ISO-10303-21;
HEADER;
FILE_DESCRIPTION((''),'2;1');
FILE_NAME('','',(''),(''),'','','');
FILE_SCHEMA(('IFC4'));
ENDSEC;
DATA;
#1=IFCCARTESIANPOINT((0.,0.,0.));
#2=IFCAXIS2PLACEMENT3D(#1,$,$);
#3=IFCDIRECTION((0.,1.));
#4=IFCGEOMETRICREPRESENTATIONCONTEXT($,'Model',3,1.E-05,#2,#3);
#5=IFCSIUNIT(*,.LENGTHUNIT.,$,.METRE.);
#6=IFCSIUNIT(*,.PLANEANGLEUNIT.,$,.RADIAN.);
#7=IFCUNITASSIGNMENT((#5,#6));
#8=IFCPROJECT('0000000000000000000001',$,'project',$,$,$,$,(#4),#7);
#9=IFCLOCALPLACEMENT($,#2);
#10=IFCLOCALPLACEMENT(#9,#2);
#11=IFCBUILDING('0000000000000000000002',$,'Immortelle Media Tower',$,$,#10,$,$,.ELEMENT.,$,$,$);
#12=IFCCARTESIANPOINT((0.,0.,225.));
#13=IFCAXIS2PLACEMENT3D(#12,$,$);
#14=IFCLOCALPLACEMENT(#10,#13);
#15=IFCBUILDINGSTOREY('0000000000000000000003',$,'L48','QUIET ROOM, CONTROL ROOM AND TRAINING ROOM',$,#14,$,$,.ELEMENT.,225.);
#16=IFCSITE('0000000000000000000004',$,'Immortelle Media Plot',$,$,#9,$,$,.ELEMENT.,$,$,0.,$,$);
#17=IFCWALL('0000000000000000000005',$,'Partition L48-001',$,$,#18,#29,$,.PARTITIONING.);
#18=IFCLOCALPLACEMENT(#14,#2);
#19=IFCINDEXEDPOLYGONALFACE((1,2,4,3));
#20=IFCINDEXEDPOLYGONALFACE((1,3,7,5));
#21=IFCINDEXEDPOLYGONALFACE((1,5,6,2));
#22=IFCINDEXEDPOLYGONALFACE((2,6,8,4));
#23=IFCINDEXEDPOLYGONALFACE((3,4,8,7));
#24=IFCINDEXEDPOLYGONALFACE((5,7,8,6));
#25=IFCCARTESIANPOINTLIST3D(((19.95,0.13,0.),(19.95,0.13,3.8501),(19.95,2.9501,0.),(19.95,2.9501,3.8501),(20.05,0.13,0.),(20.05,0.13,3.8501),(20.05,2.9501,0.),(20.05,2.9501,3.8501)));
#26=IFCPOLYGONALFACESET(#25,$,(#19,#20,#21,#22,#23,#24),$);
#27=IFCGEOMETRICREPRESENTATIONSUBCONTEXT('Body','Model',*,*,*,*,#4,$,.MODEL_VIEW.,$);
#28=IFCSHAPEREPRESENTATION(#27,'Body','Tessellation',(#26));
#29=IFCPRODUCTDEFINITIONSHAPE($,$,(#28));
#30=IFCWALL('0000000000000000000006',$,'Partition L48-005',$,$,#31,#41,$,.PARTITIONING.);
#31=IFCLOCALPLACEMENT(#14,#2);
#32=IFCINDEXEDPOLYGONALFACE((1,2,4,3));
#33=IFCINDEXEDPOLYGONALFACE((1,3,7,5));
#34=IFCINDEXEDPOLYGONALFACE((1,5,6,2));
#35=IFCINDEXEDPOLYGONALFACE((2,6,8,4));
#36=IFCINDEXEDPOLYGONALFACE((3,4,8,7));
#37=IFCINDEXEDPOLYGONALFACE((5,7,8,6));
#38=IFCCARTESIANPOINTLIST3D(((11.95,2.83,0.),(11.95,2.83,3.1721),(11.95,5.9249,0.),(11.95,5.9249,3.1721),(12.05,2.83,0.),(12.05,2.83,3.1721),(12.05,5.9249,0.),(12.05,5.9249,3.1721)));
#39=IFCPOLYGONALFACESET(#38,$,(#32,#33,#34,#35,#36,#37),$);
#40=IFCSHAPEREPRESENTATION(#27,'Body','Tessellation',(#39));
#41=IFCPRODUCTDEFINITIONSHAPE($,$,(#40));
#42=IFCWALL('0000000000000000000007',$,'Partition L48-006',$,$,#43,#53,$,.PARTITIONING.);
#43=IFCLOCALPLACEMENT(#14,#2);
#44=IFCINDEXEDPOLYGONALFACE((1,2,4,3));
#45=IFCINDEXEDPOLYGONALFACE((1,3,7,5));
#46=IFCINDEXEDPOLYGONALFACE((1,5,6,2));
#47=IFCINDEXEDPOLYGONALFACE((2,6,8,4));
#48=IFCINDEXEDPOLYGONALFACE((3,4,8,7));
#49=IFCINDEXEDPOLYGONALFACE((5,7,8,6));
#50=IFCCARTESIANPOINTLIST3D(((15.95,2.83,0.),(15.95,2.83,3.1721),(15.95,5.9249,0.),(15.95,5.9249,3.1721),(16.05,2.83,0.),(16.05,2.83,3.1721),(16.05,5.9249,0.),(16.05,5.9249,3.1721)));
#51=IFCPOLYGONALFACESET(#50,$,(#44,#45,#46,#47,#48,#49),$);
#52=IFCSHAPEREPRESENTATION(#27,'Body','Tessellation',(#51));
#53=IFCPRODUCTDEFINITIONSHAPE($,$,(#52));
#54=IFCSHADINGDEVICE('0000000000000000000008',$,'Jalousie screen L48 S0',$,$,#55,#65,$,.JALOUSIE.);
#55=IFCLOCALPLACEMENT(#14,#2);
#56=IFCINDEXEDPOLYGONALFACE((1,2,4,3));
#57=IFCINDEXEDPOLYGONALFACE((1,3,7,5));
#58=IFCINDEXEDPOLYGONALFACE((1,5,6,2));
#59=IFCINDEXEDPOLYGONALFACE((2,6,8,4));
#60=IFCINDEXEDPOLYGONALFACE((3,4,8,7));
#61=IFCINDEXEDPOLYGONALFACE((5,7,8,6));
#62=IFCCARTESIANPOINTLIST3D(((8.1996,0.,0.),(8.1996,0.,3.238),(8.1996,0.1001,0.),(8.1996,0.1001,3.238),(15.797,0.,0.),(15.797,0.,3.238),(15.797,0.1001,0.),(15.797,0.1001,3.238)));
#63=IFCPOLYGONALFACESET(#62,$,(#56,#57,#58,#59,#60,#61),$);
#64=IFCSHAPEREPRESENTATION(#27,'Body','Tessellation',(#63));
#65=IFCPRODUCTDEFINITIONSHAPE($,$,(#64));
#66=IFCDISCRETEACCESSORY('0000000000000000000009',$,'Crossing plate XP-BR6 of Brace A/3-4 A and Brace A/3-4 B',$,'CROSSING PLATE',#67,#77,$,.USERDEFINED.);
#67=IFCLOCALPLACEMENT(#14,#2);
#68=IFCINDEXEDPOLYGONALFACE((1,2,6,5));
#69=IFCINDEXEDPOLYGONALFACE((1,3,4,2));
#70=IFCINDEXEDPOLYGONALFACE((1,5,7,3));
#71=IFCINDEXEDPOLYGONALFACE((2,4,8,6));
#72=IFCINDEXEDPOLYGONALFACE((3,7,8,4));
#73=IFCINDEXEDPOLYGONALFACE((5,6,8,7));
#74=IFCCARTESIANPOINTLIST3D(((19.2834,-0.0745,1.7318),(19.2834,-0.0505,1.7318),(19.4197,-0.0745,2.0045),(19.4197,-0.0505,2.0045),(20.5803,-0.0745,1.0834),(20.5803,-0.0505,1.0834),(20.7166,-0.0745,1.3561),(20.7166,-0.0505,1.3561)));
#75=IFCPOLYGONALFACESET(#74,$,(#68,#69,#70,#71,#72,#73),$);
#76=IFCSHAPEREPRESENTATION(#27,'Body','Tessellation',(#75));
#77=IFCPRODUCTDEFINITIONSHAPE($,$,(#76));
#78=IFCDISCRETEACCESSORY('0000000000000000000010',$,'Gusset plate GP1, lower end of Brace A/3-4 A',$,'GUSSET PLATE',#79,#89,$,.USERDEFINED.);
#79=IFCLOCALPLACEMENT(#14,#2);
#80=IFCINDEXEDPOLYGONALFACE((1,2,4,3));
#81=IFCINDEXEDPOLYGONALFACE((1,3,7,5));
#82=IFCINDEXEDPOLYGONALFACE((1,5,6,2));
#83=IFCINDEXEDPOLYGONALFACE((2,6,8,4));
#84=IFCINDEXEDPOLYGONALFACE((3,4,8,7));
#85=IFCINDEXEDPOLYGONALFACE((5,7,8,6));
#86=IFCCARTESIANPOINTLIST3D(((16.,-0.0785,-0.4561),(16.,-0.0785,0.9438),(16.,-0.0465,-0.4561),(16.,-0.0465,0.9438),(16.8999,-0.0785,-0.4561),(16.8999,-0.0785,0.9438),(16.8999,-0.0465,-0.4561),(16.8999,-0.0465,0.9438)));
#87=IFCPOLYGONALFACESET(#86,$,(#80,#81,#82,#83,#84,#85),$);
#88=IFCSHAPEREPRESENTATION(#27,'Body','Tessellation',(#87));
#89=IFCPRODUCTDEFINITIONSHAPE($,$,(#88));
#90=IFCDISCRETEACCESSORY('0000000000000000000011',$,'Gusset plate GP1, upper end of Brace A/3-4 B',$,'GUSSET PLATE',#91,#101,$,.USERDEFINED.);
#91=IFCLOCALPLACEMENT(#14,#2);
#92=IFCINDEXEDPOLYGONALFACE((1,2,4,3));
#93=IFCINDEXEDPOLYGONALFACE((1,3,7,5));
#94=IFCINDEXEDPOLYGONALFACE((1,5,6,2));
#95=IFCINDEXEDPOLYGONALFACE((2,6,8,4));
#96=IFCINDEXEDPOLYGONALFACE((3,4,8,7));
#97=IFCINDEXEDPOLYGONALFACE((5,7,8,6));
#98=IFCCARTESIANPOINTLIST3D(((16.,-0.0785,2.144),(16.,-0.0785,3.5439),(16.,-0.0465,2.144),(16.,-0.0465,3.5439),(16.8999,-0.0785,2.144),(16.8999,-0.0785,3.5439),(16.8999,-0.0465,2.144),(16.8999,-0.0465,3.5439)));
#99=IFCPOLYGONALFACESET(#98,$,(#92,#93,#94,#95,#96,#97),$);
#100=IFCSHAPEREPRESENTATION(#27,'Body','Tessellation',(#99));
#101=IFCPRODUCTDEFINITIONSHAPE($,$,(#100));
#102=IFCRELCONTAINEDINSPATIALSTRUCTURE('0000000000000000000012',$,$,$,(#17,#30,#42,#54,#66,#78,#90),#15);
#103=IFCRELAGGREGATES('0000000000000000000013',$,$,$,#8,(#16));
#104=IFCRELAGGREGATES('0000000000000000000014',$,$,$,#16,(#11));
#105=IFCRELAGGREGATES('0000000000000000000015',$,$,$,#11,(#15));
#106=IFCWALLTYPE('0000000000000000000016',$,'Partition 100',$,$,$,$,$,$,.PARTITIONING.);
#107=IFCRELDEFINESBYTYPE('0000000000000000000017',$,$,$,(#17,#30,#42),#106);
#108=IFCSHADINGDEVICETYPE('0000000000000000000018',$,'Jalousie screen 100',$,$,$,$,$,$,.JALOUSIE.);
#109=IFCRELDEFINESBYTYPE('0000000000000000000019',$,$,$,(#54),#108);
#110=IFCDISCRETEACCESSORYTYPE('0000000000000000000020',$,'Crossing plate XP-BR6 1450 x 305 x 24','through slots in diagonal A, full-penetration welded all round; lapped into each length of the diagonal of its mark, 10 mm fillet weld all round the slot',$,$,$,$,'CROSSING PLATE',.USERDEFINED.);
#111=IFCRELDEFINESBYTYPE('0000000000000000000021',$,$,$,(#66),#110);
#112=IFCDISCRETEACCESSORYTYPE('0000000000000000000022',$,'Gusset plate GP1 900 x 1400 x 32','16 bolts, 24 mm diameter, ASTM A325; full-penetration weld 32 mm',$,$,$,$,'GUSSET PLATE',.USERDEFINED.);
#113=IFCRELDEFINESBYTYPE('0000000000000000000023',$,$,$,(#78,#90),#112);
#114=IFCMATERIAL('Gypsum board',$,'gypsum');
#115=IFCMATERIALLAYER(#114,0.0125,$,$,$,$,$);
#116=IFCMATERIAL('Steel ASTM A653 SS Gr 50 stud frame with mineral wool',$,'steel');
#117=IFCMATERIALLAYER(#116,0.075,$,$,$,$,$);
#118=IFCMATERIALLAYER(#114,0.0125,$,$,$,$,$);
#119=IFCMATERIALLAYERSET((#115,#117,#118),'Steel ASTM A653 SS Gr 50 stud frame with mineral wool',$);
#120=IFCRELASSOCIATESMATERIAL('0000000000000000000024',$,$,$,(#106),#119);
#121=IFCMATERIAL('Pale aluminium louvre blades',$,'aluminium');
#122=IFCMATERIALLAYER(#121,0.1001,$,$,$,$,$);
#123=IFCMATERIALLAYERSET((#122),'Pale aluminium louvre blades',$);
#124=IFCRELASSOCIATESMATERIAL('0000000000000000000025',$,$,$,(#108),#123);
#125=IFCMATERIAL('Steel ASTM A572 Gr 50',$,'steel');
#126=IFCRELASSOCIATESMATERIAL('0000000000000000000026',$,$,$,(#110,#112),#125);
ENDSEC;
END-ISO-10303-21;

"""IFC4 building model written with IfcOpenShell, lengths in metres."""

from ifc_helpers import new_model, si_unit, direction, frame, frame_2d, origin, origin_2d, place, context, subcontext, project, spatial, rectangle, extrude, material, layer, layer_set, material_profile, profile_set, type_object, element, save


model = new_model("IFC4")

# Units and contexts
model_context = context("Model", 3, precision=1e-05, world=origin(), true_north=direction((0.0, 1.0)))
body_context = subcontext(model_context, "Body", "Model", "MODEL_VIEW")
ifc_project = project(units=[si_unit("LENGTHUNIT", "METRE"), si_unit("PLANEANGLEUNIT", "RADIAN")], contexts=[model_context])

# Site, building, storey
site_placement = place(None, origin())
site = spatial("IfcSite", under=ifc_project, at=site_placement, Name="Immortelle Media Plot", CompositionType="ELEMENT", RefElevation=0.0)
building_placement = place(site_placement, origin())
building = spatial("IfcBuilding", under=site, at=building_placement, Name="Immortelle Media Tower", CompositionType="ELEMENT")
storey_placement = place(building_placement, frame((0.0, 0.0, 225.0)))
storey = spatial("IfcBuildingStorey", under=building, at=storey_placement, Name="L48", Description="QUIET ROOM, CONTROL ROOM AND TRAINING ROOM", CompositionType="ELEMENT", Elevation=225.0)

# Shared definitions
ifc_material_1 = material(Name="Steel ASTM A653 SS Gr 50 stud frame with mineral wool", Category="steel")

# Walls
ifc_material_2 = material(Name="Gypsum board", Category="gypsum")
ifc_layer_1 = layer(ifc_material_2, 0.0125)
ifc_layer_2 = layer(ifc_material_1, 0.075)
ifc_layer_3 = layer(ifc_material_2, 0.0125)
ifc_layer_set_1 = layer_set([ifc_layer_1, ifc_layer_2, ifc_layer_3], Name="Steel ASTM A653 SS Gr 50 stud frame with mineral wool")
wall_type_1 = type_object("IfcWallType", Name="Partition 100", PredefinedType="PARTITIONING", material=ifc_layer_set_1)
wall_1_placement = place(storey_placement, frame((20.0, 0.1299, 0.0), z_axis=(0.0, 0.0, 1.0), x_axis=(0.0, 1.0, 0.0)))
element("IfcWall", 1, at=wall_1_placement, inside=storey, type_object=wall_type_1, Name="Partition L48-001", PredefinedType="PARTITIONING", context=body_context, shape_type="SweptSolid", body=[
    extrude(rectangle(XDim=2.8201, YDim=0.1001, at=frame_2d((1.4102, 0.0))), origin(), (0.0, 0.0, 1.0), 3.8501),
])
for number, where, z_axis, x_axis, name in (
    (2, (12.0, 2.8301, 0.0), (0.0, 0.0, 1.0), (0.0, 1.0, 0.0), "Partition L48-005"),
    (3, (16.0, 2.8301, 0.0), (0.0, 0.0, 1.0), (0.0, 1.0, 0.0), "Partition L48-006"),
):
    element("IfcWall", number, at=place(storey_placement, frame(where, z_axis=z_axis, x_axis=x_axis)), inside=storey, type_object=wall_type_1, Name=name, PredefinedType="PARTITIONING", context=body_context, shape_type="SweptSolid", body=[
        extrude(rectangle(XDim=3.095, YDim=0.1001, at=frame_2d((1.5474, 0.0))), origin(), (0.0, 0.0, 1.0), 3.1721),
    ])

# Shading device
ifc_material_3 = material(Name="Pale aluminium louvre blades", Category="aluminium")
ifc_layer_4 = layer(ifc_material_3, 0.1001)
ifc_layer_set_2 = layer_set([ifc_layer_4], Name="Pale aluminium louvre blades")
shading_device_type = type_object("IfcShadingDeviceType", Name="Jalousie screen 100", PredefinedType="JALOUSIE", material=ifc_layer_set_2)
shading_device_placement = place(storey_placement, frame((11.9983, 0.05, 0.0), z_axis=(0.0, 0.0, 1.0), x_axis=(1.0, 0.0, 0.0)))
element("IfcShadingDevice", 4, at=shading_device_placement, inside=storey, type_object=shading_device_type, Name="Jalousie screen L48 S0", PredefinedType="JALOUSIE", context=body_context, shape_type="SweptSolid", body=[
    extrude(rectangle(XDim=7.5974, YDim=0.1001, at=origin_2d()), origin(), (0.0, 0.0, 1.0), 3.238),
])

# Discrete accessories
ifc_material_4 = material(Name="Steel ASTM A572 Gr 50", Category="steel")
ifc_material_profile_1 = material_profile(ifc_material_4, rectangle(XDim=0.0239, YDim=0.3049, at=origin_2d()), Name="PL 24 x 305")
ifc_profile_set_1 = profile_set([ifc_material_profile_1], Name="Steel ASTM A572 Gr 50")
discrete_accessory_type_1 = type_object("IfcDiscreteAccessoryType", Name="Crossing plate XP-BR6 1450 x 305 x 24", Description="through slots in diagonal A, full-penetration welded all round; lapped into each length of the diagonal of its mark, 10 mm fillet weld all round the slot", ElementType="CROSSING PLATE", PredefinedType="USERDEFINED", material=ifc_profile_set_1)
discrete_accessory_placement = place(storey_placement, frame((19.3516, -0.0625, 1.8682), z_axis=(0.894427, 0.0, -0.447214), x_axis=(0.0, 1.0, 0.0)))
element("IfcDiscreteAccessory", 5, at=discrete_accessory_placement, inside=storey, type_object=discrete_accessory_type_1, Name="Crossing plate XP-BR6 of Brace A/3-4 A and Brace A/3-4 B", ObjectType="CROSSING PLATE", PredefinedType="USERDEFINED", context=body_context, shape_type="SweptSolid", body=[
    extrude(rectangle(XDim=0.0239, YDim=0.3049, at=origin_2d()), origin(), (0.0, 0.0, 1.0), 1.45),
])
ifc_material_profile_2 = material_profile(ifc_material_4, rectangle(XDim=0.032, YDim=1.3999, at=origin_2d()), Name="PL 32 x 1400")
ifc_profile_set_2 = profile_set([ifc_material_profile_2], Name="Steel ASTM A572 Gr 50")
discrete_accessory_type_2 = type_object("IfcDiscreteAccessoryType", Name="Gusset plate GP1 900 x 1400 x 32", Description="16 bolts, 24 mm diameter, ASTM A325; full-penetration weld 32 mm", ElementType="GUSSET PLATE", PredefinedType="USERDEFINED", material=ifc_profile_set_2)
for number, where, z_axis, x_axis, name in (
    (6, (16.0, -0.0625, 0.2439), (1.0, 0.0, 0.0), (0.0, 1.0, 0.0), "Gusset plate GP1, lower end of Brace A/3-4 A"),
    (7, (16.0, -0.0625, 2.844), (1.0, 0.0, 0.0), (0.0, 1.0, 0.0), "Gusset plate GP1, upper end of Brace A/3-4 B"),
):
    element("IfcDiscreteAccessory", number, at=place(storey_placement, frame(where, z_axis=z_axis, x_axis=x_axis)), inside=storey, type_object=discrete_accessory_type_2, Name=name, ObjectType="GUSSET PLATE", PredefinedType="USERDEFINED", context=body_context, shape_type="SweptSolid", body=[
        extrude(rectangle(XDim=0.032, YDim=1.3999, at=origin_2d()), origin(), (0.0, 0.0, 1.0), 0.8999),
    ])

save(model, "model.ifc")
